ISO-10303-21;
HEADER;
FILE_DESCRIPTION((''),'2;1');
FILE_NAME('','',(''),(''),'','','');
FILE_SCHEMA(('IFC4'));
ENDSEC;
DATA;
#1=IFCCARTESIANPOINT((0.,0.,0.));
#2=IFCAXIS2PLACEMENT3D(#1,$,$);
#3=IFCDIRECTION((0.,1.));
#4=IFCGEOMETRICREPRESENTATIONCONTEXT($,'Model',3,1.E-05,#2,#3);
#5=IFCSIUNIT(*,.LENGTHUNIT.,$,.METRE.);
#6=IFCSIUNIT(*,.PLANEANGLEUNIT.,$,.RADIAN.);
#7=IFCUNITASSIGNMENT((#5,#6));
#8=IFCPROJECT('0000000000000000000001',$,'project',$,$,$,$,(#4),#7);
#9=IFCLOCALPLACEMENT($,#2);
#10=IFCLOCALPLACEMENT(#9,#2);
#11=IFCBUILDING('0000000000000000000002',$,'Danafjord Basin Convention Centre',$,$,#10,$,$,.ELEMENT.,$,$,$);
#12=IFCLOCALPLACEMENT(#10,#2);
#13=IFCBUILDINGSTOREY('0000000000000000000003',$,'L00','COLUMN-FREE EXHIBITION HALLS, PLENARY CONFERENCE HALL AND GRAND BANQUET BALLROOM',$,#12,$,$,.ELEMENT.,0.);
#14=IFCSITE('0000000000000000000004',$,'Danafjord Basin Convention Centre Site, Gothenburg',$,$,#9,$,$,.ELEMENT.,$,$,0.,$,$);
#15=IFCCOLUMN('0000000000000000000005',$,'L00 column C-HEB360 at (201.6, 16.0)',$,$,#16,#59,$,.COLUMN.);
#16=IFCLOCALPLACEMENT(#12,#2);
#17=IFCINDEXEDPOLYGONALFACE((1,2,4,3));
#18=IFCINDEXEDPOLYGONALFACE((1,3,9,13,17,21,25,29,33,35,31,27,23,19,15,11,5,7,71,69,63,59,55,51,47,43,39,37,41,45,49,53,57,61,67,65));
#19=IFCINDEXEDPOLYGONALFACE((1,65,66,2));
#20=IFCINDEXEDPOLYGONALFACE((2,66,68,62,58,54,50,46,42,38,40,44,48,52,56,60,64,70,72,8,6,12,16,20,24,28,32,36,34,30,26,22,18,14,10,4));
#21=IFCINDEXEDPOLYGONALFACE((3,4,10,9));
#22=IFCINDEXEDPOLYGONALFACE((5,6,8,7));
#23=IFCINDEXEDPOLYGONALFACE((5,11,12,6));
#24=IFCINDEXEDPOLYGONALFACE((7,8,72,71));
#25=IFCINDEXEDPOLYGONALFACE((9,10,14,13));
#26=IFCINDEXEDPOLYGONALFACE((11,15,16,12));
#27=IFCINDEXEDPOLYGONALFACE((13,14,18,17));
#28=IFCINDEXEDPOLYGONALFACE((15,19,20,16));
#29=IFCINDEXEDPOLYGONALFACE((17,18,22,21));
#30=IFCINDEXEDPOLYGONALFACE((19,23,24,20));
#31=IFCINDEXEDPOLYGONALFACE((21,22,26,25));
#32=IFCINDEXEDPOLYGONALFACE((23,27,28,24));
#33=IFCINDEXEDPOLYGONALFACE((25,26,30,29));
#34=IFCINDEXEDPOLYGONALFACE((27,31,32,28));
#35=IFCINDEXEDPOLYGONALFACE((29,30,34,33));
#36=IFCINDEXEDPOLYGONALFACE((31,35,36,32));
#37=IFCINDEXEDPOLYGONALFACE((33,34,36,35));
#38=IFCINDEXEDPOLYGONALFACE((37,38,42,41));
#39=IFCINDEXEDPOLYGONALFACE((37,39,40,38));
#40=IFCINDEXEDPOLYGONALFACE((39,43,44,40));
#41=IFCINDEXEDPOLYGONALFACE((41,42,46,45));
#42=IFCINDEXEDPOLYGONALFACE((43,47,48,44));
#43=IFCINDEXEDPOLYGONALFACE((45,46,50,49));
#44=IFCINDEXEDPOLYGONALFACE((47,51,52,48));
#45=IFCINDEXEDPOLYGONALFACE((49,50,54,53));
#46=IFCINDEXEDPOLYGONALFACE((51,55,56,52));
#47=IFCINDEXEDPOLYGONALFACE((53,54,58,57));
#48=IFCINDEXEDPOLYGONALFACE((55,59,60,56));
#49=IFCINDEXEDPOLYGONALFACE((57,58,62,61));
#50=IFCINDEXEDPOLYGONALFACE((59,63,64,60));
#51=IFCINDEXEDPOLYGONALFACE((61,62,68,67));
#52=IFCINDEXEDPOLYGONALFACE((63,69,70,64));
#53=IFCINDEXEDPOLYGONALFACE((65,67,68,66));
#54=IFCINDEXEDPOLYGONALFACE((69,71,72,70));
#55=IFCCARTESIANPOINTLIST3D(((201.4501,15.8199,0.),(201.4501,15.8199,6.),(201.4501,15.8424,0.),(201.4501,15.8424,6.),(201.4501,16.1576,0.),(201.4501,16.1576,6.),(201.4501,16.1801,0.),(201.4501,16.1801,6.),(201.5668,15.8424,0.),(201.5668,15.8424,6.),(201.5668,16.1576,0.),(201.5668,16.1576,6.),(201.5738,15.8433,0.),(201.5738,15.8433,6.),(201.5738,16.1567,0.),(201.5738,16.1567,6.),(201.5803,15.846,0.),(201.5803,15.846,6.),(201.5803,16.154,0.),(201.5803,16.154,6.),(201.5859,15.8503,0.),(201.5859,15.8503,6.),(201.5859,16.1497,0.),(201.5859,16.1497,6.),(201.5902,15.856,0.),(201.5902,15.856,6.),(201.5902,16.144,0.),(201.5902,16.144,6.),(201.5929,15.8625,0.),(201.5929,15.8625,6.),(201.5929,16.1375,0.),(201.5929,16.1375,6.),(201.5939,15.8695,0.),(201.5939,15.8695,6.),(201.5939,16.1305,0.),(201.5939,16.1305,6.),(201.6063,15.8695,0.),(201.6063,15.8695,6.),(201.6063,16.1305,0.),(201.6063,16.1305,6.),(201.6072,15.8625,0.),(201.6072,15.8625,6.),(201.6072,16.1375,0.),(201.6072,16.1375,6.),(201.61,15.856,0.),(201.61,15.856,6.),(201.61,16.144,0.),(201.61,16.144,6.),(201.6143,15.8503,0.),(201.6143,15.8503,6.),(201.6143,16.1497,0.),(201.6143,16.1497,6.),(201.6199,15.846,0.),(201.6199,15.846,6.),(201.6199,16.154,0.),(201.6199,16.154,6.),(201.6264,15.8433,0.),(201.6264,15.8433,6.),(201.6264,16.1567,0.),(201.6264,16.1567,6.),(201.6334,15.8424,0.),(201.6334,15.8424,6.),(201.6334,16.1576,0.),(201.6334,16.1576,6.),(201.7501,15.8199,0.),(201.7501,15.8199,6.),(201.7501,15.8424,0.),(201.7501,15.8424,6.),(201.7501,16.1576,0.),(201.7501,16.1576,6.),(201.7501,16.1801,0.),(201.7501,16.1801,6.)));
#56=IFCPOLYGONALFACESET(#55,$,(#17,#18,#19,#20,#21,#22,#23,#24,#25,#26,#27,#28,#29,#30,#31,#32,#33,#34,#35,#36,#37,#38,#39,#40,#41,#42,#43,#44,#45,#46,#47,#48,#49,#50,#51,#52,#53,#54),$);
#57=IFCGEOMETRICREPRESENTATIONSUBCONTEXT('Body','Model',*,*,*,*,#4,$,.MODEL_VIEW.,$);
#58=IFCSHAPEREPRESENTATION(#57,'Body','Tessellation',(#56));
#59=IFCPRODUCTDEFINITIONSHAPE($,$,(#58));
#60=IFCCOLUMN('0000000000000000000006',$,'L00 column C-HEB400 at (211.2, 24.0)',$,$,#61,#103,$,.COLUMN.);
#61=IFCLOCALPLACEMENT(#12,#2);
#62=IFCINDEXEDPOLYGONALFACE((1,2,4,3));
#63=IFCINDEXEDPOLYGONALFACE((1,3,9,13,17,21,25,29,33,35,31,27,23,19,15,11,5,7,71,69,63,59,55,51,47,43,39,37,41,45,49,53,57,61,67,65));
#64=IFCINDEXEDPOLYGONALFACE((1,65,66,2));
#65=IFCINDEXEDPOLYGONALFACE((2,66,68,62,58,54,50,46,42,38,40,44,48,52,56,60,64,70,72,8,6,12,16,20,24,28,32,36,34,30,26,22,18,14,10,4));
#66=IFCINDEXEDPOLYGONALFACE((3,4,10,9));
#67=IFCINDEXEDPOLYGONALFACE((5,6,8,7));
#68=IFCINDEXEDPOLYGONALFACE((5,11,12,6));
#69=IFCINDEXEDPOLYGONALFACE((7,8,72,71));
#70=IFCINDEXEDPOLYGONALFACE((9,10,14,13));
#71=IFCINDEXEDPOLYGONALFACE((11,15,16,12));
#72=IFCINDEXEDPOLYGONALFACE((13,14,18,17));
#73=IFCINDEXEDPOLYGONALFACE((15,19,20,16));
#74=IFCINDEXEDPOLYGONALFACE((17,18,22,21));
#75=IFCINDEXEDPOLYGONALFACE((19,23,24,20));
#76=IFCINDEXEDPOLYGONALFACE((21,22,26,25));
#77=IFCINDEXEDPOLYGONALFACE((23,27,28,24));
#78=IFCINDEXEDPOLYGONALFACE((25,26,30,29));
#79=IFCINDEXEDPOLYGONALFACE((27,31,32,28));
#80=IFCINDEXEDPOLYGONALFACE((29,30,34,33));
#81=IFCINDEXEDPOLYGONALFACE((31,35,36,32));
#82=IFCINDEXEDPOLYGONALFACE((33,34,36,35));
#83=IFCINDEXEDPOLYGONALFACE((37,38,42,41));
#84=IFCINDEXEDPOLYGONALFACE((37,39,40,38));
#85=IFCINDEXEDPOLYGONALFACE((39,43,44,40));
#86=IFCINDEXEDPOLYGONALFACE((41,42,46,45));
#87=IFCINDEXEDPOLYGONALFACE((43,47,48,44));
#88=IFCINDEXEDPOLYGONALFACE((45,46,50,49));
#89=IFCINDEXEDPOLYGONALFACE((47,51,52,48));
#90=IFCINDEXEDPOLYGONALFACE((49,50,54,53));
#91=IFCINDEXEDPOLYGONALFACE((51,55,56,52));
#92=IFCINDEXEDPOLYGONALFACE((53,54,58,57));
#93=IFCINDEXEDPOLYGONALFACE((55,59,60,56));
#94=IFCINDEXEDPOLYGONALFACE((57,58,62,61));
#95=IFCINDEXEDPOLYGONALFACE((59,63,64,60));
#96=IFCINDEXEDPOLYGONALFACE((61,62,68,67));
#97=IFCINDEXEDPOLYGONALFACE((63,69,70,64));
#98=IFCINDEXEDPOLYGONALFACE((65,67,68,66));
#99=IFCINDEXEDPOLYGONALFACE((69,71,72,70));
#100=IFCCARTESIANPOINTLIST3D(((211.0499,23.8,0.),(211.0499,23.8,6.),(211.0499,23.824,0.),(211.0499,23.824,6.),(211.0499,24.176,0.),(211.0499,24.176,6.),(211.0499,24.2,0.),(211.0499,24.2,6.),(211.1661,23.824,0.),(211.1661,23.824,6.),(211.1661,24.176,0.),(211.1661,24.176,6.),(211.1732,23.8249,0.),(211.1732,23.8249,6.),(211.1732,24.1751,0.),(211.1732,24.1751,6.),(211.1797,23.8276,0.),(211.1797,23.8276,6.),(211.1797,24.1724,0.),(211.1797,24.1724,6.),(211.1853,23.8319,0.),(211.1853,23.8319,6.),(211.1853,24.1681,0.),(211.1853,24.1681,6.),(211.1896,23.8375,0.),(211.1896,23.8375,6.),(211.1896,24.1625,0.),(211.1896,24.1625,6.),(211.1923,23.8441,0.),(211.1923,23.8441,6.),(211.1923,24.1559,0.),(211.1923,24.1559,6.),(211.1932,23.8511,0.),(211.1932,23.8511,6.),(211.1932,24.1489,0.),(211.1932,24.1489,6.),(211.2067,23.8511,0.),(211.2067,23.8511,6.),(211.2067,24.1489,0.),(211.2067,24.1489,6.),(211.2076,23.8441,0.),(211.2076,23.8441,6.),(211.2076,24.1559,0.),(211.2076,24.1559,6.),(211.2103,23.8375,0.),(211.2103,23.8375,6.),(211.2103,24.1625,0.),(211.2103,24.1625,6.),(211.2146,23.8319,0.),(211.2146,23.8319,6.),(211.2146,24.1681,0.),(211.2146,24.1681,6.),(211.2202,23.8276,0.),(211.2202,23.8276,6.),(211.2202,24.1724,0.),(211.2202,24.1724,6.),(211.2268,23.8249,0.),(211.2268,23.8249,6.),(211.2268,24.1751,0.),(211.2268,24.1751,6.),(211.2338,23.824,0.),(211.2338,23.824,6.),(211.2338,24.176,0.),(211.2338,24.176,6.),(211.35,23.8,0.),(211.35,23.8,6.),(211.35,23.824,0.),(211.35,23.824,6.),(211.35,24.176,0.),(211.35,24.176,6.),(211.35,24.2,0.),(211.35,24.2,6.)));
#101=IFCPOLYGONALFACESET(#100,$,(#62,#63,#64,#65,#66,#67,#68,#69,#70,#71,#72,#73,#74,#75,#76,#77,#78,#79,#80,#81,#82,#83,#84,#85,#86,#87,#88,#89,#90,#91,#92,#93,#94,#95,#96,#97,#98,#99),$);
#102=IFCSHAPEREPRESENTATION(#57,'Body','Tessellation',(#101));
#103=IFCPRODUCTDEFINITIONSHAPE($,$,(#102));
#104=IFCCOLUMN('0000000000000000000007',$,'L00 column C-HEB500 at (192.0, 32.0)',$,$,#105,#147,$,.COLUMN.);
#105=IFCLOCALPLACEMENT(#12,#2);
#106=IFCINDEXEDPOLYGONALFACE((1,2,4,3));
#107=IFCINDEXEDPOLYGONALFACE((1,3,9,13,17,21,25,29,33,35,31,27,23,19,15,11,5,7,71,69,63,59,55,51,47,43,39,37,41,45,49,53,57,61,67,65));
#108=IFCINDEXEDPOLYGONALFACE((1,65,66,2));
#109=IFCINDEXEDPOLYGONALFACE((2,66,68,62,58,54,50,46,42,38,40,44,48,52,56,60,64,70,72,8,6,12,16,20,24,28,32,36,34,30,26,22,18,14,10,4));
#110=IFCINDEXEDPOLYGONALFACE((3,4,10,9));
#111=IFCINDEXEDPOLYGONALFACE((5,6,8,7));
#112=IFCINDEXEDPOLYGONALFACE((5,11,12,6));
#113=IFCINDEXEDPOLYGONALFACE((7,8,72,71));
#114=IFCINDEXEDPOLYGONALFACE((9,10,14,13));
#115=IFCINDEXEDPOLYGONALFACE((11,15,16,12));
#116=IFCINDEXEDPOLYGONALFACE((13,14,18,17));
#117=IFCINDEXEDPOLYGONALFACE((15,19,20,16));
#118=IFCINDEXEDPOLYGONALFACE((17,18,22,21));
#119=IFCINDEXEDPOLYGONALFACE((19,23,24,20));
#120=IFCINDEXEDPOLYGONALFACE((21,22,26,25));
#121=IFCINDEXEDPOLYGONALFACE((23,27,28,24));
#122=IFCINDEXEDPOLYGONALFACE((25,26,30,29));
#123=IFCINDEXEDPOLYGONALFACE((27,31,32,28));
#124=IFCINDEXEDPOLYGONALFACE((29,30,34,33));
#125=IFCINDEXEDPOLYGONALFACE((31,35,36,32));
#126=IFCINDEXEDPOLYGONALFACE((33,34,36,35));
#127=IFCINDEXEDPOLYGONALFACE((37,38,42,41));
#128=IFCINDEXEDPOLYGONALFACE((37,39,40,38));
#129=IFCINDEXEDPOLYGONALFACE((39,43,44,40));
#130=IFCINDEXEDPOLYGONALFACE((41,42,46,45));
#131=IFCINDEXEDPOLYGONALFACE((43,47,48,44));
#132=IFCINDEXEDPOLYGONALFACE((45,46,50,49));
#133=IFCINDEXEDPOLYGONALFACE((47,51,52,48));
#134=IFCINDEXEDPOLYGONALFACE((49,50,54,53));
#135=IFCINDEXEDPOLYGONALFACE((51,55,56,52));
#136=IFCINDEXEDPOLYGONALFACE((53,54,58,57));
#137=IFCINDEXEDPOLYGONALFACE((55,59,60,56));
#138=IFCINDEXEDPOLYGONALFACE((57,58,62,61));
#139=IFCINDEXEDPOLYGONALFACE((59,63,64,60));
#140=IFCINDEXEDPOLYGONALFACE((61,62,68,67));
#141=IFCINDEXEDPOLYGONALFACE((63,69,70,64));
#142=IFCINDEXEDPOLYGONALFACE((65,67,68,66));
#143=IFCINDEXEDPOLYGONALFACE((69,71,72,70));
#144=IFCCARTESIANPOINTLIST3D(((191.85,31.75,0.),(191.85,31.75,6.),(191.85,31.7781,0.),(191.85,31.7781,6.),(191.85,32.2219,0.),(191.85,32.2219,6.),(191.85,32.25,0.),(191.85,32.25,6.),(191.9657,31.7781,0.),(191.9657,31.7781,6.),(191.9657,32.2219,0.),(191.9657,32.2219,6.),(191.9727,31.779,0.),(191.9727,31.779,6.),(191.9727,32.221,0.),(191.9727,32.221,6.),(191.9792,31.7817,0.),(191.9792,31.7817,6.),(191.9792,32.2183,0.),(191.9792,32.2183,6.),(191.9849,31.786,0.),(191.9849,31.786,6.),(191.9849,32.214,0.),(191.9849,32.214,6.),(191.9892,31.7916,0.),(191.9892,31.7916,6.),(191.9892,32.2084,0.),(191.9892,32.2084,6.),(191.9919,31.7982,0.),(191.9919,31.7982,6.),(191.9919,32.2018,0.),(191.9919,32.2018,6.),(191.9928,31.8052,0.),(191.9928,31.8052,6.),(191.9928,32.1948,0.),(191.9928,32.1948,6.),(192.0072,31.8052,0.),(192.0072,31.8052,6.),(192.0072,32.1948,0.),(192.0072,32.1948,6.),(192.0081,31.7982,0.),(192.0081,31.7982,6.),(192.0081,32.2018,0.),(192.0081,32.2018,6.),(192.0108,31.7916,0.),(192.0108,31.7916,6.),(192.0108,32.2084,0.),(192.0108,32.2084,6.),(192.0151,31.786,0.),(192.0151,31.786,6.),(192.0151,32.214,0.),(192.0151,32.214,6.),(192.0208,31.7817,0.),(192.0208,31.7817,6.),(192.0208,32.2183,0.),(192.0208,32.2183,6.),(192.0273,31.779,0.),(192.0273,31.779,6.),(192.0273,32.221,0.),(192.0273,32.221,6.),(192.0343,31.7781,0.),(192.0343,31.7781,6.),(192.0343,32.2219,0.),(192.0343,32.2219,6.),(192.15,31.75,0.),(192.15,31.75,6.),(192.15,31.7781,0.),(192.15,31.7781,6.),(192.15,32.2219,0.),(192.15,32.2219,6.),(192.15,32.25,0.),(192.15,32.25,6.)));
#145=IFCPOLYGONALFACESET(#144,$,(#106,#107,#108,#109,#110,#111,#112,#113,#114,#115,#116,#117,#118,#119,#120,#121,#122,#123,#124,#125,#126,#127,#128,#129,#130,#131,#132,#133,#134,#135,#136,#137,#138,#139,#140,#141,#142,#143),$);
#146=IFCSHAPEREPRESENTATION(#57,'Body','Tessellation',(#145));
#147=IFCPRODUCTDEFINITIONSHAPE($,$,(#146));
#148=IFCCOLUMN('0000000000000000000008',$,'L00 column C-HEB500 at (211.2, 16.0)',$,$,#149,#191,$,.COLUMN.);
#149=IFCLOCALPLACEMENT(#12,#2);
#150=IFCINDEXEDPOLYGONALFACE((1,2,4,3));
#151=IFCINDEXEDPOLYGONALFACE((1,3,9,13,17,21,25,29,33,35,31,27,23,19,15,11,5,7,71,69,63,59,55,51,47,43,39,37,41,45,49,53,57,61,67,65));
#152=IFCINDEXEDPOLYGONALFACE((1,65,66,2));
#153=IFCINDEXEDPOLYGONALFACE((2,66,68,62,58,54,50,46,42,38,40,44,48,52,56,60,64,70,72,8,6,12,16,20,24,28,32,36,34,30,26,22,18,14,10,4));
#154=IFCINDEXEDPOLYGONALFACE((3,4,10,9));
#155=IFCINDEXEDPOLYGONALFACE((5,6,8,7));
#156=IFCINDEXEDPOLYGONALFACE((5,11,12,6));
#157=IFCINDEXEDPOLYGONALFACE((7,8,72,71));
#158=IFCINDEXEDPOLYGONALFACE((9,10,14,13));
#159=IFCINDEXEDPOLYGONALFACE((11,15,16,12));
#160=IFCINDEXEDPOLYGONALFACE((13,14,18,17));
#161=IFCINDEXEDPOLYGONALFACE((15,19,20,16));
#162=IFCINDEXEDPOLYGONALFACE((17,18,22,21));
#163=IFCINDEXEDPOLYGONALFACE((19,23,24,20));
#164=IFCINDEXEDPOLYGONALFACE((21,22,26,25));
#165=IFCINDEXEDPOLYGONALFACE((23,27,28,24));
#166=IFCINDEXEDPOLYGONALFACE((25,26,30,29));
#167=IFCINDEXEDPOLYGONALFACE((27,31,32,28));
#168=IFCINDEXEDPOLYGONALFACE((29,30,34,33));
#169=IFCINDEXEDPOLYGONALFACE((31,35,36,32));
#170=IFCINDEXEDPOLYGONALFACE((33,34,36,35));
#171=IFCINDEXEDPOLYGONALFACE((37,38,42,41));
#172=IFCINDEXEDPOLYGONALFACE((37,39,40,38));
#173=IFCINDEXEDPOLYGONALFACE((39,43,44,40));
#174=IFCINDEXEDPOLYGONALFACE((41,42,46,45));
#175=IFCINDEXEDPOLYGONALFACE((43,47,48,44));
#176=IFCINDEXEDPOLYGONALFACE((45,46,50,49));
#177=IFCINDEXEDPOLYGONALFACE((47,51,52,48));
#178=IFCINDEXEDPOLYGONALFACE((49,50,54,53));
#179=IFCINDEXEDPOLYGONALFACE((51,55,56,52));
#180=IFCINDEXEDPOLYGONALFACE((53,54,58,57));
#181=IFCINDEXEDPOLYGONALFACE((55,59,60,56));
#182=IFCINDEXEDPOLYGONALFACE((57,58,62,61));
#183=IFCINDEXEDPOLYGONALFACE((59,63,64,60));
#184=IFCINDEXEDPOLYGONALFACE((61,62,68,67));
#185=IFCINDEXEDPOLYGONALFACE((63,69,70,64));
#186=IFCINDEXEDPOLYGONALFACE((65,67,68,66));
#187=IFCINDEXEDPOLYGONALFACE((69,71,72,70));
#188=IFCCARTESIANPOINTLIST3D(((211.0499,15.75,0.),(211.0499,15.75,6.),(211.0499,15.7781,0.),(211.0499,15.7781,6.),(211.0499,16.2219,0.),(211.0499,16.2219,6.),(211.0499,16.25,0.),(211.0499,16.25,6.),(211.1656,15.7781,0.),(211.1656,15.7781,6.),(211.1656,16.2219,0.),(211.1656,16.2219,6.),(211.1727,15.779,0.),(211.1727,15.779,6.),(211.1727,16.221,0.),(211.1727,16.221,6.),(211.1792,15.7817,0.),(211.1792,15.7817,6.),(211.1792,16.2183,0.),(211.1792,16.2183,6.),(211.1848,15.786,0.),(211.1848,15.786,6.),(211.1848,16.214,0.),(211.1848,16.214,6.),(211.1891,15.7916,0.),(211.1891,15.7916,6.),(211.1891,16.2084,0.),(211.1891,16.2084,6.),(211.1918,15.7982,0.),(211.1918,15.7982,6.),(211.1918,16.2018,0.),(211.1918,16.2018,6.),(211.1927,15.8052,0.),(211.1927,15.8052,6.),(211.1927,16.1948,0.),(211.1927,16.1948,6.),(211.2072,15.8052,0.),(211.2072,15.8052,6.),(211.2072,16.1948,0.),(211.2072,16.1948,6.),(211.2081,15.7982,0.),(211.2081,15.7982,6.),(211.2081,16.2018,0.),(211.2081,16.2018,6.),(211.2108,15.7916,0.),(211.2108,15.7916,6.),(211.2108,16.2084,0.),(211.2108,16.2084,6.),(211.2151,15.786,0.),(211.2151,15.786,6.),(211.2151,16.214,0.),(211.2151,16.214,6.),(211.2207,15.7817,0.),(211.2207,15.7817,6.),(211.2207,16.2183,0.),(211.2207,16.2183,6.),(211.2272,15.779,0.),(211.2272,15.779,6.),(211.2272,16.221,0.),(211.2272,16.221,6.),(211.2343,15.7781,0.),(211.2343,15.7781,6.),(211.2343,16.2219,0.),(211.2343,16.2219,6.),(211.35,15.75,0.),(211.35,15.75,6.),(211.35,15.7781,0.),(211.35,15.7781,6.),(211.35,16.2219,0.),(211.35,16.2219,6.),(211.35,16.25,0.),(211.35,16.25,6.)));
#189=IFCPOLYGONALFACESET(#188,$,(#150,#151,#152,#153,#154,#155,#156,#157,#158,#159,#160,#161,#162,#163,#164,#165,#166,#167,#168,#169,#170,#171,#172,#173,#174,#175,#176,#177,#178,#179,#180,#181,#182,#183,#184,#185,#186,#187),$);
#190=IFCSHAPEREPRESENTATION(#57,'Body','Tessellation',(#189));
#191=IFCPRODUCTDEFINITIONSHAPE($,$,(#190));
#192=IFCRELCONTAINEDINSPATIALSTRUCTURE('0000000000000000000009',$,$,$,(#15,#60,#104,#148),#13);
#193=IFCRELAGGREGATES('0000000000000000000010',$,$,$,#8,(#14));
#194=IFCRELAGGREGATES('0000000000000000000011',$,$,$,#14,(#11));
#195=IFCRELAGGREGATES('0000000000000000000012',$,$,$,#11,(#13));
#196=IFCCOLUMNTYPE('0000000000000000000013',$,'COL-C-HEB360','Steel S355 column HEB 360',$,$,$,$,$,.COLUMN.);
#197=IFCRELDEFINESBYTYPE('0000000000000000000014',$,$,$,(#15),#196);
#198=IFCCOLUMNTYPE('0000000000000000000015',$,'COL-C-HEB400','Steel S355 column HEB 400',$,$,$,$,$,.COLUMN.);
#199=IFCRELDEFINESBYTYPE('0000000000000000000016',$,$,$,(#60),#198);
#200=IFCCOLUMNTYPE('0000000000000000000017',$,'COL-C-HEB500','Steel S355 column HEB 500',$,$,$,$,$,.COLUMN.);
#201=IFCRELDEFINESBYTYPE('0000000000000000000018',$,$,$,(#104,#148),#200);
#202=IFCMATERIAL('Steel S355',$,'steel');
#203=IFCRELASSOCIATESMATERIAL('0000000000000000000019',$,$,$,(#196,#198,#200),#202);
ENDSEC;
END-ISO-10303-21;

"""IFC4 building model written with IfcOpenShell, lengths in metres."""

from ifc_helpers import new_model, si_unit, direction, frame, origin, origin_2d, place, context, subcontext, project, spatial, i_section, extrude, material, material_profile, profile_set, type_object, element, save


model = new_model("IFC4")

# Units and contexts
model_context = context("Model", 3, precision=1e-05, world=origin(), true_north=direction((0.0, 1.0)))
body_context = subcontext(model_context, "Body", "Model", "MODEL_VIEW")
ifc_project = project(units=[si_unit("LENGTHUNIT", "METRE"), si_unit("PLANEANGLEUNIT", "RADIAN")], contexts=[model_context])

# Site, building, storey
site_placement = place(None, origin())
site = spatial("IfcSite", under=ifc_project, at=site_placement, Name="Danafjord Basin Convention Centre Site, Gothenburg", CompositionType="ELEMENT", RefElevation=0.0)
building_placement = place(site_placement, origin())
building = spatial("IfcBuilding", under=site, at=building_placement, Name="Danafjord Basin Convention Centre", CompositionType="ELEMENT")
storey_placement = place(building_placement, origin())
storey = spatial("IfcBuildingStorey", under=building, at=storey_placement, Name="L00", Description="COLUMN-FREE EXHIBITION HALLS, PLENARY CONFERENCE HALL AND GRAND BANQUET BALLROOM", CompositionType="ELEMENT", Elevation=0.0)

# Columns
ifc_material_1 = material(Name="Steel S355", Category="steel")
ifc_material_profile_1 = material_profile(ifc_material_1, i_section(OverallWidth=0.3, OverallDepth=0.3601, WebThickness=0.0125, FlangeThickness=0.0225, FilletRadius=0.0271, at=origin_2d()), Name="HEB 360")
ifc_profile_set_1 = profile_set([ifc_material_profile_1], Name="Steel S355")
column_type_1 = type_object("IfcColumnType", Name="COL-C-HEB360", Description="Steel S355 column HEB 360", PredefinedType="COLUMN", material=ifc_profile_set_1)
column_1_placement = place(storey_placement, frame((201.6001, 16.0, 0.0), z_axis=(0.0, 0.0, 1.0), x_axis=(1.0, 0.0, 0.0)))
element("IfcColumn", 1, at=column_1_placement, inside=storey, type_object=column_type_1, Name="L00 column C-HEB360 at (201.6, 16.0)", PredefinedType="COLUMN", context=body_context, shape_type="SweptSolid", body=[
    extrude(i_section(OverallWidth=0.3, OverallDepth=0.3601, WebThickness=0.0125, FlangeThickness=0.0225, FilletRadius=0.0271, at=origin_2d()), origin(), (0.0, 0.0, 1.0), 6.0),
])
ifc_material_profile_2 = material_profile(ifc_material_1, i_section(OverallWidth=0.3, OverallDepth=0.3999, WebThickness=0.0134, FlangeThickness=0.0239, FilletRadius=0.0271, at=origin_2d()), Name="HEB 400")
ifc_profile_set_2 = profile_set([ifc_material_profile_2], Name="Steel S355")
column_type_2 = type_object("IfcColumnType", Name="COL-C-HEB400", Description="Steel S355 column HEB 400", PredefinedType="COLUMN", material=ifc_profile_set_2)
column_2_placement = place(storey_placement, frame((211.2, 24.0, 0.0), z_axis=(0.0, 0.0, 1.0), x_axis=(1.0, 0.0, 0.0)))
element("IfcColumn", 2, at=column_2_placement, inside=storey, type_object=column_type_2, Name="L00 column C-HEB400 at (211.2, 24.0)", PredefinedType="COLUMN", context=body_context, shape_type="SweptSolid", body=[
    extrude(i_section(OverallWidth=0.3, OverallDepth=0.3999, WebThickness=0.0134, FlangeThickness=0.0239, FilletRadius=0.0271, at=origin_2d()), origin(), (0.0, 0.0, 1.0), 6.0),
])
ifc_material_profile_3 = material_profile(ifc_material_1, i_section(OverallWidth=0.3, OverallDepth=0.5, WebThickness=0.0144, FlangeThickness=0.0281, FilletRadius=0.0271, at=origin_2d()), Name="HEB 500")
ifc_profile_set_3 = profile_set([ifc_material_profile_3], Name="Steel S355")
column_type_3 = type_object("IfcColumnType", Name="COL-C-HEB500", Description="Steel S355 column HEB 500", PredefinedType="COLUMN", material=ifc_profile_set_3)
for number, where, z_axis, x_axis, name in (
    (3, (192.0, 32.0, 0.0), (0.0, 0.0, 1.0), (1.0, 0.0, 0.0), "L00 column C-HEB500 at (192.0, 32.0)"),
    (4, (211.2, 16.0, 0.0), (0.0, 0.0, 1.0), (1.0, 0.0, 0.0), "L00 column C-HEB500 at (211.2, 16.0)"),
):
    element("IfcColumn", number, at=place(storey_placement, frame(where, z_axis=z_axis, x_axis=x_axis)), inside=storey, type_object=column_type_3, Name=name, PredefinedType="COLUMN", context=body_context, shape_type="SweptSolid", body=[
        extrude(i_section(OverallWidth=0.3, OverallDepth=0.5, WebThickness=0.0144, FlangeThickness=0.0281, FilletRadius=0.0271, at=origin_2d()), origin(), (0.0, 0.0, 1.0), 6.0),
    ])

save(model, "model.ifc")
